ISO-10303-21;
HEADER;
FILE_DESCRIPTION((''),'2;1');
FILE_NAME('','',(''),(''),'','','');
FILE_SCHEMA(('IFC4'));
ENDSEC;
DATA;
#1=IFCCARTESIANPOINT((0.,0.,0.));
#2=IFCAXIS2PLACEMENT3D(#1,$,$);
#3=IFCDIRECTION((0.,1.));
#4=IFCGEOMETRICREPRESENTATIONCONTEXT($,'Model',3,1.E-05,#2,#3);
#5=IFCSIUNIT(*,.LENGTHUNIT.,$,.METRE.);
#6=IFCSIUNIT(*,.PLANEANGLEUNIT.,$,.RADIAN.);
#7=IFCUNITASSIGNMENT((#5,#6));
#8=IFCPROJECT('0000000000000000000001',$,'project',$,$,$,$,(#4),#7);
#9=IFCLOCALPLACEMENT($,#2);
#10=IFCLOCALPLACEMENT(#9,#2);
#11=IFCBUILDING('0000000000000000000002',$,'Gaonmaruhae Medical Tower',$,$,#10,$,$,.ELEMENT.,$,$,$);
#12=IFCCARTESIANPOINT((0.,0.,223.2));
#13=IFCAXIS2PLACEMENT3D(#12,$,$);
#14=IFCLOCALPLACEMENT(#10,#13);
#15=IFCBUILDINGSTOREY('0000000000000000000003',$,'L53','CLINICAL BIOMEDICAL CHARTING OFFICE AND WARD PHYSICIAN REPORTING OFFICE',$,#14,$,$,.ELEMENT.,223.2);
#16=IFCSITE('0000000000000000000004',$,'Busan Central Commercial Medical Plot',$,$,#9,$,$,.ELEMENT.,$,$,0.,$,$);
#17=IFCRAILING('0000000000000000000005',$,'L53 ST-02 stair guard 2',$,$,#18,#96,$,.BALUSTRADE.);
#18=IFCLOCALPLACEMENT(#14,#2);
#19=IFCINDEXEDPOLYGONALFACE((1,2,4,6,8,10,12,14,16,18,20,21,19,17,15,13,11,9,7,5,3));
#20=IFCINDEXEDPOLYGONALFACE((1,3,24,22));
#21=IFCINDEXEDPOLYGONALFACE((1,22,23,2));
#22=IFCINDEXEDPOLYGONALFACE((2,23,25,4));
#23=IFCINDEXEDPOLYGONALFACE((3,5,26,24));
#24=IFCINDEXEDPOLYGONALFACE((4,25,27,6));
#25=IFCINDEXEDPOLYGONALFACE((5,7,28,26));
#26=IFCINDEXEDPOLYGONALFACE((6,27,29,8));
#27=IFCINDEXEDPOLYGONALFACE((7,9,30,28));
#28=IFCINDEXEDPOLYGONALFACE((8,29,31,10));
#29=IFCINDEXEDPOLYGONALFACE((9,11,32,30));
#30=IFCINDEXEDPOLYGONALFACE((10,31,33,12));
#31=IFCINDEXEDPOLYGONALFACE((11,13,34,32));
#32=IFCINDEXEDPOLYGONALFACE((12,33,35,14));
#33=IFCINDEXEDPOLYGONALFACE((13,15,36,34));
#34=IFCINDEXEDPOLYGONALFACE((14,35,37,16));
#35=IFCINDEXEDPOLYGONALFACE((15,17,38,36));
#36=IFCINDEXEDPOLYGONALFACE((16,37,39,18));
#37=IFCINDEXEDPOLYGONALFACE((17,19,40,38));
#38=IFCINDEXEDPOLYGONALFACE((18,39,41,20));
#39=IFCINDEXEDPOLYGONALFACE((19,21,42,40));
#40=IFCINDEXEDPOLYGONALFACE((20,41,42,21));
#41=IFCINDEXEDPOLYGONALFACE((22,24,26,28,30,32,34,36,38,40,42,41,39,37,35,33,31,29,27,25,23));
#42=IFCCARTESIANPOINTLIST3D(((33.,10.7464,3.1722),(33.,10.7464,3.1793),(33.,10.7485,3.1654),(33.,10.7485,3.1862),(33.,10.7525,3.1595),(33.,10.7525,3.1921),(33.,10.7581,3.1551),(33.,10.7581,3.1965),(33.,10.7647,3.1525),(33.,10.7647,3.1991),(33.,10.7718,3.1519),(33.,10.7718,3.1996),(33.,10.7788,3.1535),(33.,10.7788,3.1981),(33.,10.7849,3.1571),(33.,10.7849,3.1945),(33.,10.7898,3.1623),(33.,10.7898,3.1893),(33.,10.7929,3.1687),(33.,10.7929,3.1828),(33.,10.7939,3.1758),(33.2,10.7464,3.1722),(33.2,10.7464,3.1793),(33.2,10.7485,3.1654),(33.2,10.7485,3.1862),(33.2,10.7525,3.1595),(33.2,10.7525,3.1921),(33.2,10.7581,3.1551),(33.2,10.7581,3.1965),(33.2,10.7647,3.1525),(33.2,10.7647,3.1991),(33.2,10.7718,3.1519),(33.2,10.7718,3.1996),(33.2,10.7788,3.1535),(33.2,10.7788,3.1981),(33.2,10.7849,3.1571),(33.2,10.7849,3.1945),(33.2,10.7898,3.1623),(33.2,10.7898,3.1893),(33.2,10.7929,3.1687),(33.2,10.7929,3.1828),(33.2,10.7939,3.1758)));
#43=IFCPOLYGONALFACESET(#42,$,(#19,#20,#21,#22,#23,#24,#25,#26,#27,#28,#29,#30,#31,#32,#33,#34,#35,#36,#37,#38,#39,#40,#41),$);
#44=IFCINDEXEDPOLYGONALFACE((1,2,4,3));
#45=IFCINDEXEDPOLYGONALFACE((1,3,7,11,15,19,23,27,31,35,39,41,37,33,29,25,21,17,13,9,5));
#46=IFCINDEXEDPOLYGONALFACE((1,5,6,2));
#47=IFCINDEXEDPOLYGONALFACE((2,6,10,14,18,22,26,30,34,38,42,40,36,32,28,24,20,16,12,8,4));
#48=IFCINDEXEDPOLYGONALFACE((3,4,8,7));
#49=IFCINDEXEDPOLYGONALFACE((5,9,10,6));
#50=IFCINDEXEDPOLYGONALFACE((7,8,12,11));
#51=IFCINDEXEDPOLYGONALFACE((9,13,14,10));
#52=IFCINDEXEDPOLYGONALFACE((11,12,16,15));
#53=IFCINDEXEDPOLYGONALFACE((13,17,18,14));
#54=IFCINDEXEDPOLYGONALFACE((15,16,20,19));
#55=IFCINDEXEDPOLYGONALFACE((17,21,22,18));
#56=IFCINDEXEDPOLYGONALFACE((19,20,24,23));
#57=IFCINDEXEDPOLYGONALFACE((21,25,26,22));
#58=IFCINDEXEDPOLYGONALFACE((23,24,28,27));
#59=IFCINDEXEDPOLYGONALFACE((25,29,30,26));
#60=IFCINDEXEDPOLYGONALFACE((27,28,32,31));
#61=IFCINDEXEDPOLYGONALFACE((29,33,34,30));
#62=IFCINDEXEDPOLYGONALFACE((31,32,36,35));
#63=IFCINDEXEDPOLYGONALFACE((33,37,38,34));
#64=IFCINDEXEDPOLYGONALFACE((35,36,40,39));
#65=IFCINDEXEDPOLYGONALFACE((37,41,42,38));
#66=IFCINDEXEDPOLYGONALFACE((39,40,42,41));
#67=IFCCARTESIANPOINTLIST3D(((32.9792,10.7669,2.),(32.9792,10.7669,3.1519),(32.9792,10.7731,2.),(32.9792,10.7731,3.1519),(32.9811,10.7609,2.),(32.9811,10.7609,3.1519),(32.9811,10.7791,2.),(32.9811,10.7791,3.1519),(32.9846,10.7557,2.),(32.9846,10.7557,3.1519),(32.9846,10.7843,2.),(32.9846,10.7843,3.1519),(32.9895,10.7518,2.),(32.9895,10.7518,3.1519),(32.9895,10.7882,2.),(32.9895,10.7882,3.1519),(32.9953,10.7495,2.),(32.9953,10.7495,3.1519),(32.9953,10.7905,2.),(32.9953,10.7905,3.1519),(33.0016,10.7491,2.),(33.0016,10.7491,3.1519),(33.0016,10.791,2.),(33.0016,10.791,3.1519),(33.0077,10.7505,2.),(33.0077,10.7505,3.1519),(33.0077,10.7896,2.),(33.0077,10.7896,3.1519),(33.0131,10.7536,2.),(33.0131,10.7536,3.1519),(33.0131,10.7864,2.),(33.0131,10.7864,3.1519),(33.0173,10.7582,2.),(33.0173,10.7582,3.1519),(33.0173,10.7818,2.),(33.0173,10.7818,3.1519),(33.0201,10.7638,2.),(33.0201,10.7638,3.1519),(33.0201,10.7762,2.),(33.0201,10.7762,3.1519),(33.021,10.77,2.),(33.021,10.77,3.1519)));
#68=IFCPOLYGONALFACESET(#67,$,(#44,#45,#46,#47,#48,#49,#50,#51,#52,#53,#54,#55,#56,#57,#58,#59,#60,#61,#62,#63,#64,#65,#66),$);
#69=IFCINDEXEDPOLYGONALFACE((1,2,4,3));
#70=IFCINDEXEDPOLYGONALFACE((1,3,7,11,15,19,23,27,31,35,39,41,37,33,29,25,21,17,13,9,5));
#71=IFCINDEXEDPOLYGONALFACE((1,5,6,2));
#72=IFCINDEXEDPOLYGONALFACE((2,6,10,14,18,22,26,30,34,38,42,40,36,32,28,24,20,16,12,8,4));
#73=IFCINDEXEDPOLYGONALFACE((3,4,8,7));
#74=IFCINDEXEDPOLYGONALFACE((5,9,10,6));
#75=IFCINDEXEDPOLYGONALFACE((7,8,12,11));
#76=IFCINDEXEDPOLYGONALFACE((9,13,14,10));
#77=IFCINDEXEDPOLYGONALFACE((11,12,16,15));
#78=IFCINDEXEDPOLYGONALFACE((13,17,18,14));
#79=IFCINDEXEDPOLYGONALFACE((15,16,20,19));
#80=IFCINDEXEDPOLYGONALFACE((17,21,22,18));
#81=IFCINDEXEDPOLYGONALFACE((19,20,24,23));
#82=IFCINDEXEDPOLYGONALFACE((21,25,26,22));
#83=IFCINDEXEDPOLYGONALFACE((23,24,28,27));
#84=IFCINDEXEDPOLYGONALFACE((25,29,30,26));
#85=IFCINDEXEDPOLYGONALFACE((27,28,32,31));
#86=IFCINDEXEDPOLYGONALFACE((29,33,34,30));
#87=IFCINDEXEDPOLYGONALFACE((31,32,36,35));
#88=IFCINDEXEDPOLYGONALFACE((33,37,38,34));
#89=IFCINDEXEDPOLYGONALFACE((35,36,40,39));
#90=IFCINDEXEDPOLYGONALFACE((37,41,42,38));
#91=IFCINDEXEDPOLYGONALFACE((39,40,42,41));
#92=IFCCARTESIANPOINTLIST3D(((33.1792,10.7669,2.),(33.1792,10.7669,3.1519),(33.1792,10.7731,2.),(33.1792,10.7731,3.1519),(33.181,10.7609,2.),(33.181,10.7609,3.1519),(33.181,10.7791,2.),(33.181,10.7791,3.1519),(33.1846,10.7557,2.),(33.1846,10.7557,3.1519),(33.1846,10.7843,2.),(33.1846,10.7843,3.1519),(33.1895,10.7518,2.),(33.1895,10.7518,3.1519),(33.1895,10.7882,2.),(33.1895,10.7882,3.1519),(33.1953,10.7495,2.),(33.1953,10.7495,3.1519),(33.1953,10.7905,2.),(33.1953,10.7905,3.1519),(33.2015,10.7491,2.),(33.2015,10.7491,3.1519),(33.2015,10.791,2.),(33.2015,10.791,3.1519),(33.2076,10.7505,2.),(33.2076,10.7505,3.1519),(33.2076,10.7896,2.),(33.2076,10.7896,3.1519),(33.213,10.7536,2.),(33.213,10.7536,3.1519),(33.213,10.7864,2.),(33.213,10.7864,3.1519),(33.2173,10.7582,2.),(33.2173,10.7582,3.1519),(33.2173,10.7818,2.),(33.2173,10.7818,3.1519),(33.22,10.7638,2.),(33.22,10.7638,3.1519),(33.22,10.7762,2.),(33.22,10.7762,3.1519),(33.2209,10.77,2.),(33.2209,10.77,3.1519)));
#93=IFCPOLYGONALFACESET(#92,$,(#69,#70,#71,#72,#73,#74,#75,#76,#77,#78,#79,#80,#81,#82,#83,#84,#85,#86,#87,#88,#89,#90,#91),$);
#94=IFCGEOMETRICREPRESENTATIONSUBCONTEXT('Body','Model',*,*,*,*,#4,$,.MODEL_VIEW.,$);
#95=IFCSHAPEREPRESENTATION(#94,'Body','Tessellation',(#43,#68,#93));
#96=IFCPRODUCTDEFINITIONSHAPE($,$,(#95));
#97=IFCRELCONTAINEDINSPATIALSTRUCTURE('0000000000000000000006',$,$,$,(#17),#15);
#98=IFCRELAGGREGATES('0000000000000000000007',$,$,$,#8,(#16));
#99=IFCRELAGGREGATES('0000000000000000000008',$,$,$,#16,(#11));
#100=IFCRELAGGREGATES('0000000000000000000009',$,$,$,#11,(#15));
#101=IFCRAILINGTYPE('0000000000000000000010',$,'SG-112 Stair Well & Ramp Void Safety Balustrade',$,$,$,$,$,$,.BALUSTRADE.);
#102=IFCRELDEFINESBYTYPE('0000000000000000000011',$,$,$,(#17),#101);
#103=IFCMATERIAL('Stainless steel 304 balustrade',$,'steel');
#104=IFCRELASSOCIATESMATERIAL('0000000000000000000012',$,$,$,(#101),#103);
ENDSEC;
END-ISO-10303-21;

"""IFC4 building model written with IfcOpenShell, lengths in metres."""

from ifc_helpers import new_model, si_unit, direction, frame, origin, origin_2d, place, context, subcontext, project, spatial, circle, extrude, material, type_object, element, save


model = new_model("IFC4")

# Units and contexts
model_context = context("Model", 3, precision=1e-05, world=origin(), true_north=direction((0.0, 1.0)))
body_context = subcontext(model_context, "Body", "Model", "MODEL_VIEW")
ifc_project = project(units=[si_unit("LENGTHUNIT", "METRE"), si_unit("PLANEANGLEUNIT", "RADIAN")], contexts=[model_context])

# Site, building, storey
site_placement = place(None, origin())
site = spatial("IfcSite", under=ifc_project, at=site_placement, Name="Busan Central Commercial Medical Plot", CompositionType="ELEMENT", RefElevation=0.0)
building_placement = place(site_placement, origin())
building = spatial("IfcBuilding", under=site, at=building_placement, Name="Gaonmaruhae Medical Tower", CompositionType="ELEMENT")
storey_placement = place(building_placement, frame((0.0, 0.0, 223.2)))
storey = spatial("IfcBuildingStorey", under=building, at=storey_placement, Name="L53", Description="CLINICAL BIOMEDICAL CHARTING OFFICE AND WARD PHYSICIAN REPORTING OFFICE", CompositionType="ELEMENT", Elevation=223.2)

# Railing
ifc_material_1 = material(Name="Stainless steel 304 balustrade", Category="steel")
railing_type_1 = type_object("IfcRailingType", Name="SG-112 Stair Well & Ramp Void Safety Balustrade", PredefinedType="BALUSTRADE", material=ifc_material_1)
railing_1_placement = place(storey_placement, frame((33.0, 10.77, 2.0)))
element("IfcRailing", 1, at=railing_1_placement, inside=storey, type_object=railing_type_1, Name="L53 ST-02 stair guard 2", PredefinedType="BALUSTRADE", context=body_context, shape_type="SweptSolid", body=[
    extrude(circle(Radius=0.0239, at=origin_2d()), frame((0.0, 0.0, 1.1758), z_axis=(1.0, 0.0, 0.0), x_axis=(0.0, 1.0, 0.0)), (0.0, 0.0, 1.0), 0.2),
    extrude(circle(Radius=0.021, at=origin_2d()), origin(), (0.0, 0.0, 1.0), 1.1519),
    extrude(circle(Radius=0.021, at=origin_2d()), frame((0.2, 0.0, 0.0)), (0.0, 0.0, 1.0), 1.1519),
])

save(model, "model.ifc")
